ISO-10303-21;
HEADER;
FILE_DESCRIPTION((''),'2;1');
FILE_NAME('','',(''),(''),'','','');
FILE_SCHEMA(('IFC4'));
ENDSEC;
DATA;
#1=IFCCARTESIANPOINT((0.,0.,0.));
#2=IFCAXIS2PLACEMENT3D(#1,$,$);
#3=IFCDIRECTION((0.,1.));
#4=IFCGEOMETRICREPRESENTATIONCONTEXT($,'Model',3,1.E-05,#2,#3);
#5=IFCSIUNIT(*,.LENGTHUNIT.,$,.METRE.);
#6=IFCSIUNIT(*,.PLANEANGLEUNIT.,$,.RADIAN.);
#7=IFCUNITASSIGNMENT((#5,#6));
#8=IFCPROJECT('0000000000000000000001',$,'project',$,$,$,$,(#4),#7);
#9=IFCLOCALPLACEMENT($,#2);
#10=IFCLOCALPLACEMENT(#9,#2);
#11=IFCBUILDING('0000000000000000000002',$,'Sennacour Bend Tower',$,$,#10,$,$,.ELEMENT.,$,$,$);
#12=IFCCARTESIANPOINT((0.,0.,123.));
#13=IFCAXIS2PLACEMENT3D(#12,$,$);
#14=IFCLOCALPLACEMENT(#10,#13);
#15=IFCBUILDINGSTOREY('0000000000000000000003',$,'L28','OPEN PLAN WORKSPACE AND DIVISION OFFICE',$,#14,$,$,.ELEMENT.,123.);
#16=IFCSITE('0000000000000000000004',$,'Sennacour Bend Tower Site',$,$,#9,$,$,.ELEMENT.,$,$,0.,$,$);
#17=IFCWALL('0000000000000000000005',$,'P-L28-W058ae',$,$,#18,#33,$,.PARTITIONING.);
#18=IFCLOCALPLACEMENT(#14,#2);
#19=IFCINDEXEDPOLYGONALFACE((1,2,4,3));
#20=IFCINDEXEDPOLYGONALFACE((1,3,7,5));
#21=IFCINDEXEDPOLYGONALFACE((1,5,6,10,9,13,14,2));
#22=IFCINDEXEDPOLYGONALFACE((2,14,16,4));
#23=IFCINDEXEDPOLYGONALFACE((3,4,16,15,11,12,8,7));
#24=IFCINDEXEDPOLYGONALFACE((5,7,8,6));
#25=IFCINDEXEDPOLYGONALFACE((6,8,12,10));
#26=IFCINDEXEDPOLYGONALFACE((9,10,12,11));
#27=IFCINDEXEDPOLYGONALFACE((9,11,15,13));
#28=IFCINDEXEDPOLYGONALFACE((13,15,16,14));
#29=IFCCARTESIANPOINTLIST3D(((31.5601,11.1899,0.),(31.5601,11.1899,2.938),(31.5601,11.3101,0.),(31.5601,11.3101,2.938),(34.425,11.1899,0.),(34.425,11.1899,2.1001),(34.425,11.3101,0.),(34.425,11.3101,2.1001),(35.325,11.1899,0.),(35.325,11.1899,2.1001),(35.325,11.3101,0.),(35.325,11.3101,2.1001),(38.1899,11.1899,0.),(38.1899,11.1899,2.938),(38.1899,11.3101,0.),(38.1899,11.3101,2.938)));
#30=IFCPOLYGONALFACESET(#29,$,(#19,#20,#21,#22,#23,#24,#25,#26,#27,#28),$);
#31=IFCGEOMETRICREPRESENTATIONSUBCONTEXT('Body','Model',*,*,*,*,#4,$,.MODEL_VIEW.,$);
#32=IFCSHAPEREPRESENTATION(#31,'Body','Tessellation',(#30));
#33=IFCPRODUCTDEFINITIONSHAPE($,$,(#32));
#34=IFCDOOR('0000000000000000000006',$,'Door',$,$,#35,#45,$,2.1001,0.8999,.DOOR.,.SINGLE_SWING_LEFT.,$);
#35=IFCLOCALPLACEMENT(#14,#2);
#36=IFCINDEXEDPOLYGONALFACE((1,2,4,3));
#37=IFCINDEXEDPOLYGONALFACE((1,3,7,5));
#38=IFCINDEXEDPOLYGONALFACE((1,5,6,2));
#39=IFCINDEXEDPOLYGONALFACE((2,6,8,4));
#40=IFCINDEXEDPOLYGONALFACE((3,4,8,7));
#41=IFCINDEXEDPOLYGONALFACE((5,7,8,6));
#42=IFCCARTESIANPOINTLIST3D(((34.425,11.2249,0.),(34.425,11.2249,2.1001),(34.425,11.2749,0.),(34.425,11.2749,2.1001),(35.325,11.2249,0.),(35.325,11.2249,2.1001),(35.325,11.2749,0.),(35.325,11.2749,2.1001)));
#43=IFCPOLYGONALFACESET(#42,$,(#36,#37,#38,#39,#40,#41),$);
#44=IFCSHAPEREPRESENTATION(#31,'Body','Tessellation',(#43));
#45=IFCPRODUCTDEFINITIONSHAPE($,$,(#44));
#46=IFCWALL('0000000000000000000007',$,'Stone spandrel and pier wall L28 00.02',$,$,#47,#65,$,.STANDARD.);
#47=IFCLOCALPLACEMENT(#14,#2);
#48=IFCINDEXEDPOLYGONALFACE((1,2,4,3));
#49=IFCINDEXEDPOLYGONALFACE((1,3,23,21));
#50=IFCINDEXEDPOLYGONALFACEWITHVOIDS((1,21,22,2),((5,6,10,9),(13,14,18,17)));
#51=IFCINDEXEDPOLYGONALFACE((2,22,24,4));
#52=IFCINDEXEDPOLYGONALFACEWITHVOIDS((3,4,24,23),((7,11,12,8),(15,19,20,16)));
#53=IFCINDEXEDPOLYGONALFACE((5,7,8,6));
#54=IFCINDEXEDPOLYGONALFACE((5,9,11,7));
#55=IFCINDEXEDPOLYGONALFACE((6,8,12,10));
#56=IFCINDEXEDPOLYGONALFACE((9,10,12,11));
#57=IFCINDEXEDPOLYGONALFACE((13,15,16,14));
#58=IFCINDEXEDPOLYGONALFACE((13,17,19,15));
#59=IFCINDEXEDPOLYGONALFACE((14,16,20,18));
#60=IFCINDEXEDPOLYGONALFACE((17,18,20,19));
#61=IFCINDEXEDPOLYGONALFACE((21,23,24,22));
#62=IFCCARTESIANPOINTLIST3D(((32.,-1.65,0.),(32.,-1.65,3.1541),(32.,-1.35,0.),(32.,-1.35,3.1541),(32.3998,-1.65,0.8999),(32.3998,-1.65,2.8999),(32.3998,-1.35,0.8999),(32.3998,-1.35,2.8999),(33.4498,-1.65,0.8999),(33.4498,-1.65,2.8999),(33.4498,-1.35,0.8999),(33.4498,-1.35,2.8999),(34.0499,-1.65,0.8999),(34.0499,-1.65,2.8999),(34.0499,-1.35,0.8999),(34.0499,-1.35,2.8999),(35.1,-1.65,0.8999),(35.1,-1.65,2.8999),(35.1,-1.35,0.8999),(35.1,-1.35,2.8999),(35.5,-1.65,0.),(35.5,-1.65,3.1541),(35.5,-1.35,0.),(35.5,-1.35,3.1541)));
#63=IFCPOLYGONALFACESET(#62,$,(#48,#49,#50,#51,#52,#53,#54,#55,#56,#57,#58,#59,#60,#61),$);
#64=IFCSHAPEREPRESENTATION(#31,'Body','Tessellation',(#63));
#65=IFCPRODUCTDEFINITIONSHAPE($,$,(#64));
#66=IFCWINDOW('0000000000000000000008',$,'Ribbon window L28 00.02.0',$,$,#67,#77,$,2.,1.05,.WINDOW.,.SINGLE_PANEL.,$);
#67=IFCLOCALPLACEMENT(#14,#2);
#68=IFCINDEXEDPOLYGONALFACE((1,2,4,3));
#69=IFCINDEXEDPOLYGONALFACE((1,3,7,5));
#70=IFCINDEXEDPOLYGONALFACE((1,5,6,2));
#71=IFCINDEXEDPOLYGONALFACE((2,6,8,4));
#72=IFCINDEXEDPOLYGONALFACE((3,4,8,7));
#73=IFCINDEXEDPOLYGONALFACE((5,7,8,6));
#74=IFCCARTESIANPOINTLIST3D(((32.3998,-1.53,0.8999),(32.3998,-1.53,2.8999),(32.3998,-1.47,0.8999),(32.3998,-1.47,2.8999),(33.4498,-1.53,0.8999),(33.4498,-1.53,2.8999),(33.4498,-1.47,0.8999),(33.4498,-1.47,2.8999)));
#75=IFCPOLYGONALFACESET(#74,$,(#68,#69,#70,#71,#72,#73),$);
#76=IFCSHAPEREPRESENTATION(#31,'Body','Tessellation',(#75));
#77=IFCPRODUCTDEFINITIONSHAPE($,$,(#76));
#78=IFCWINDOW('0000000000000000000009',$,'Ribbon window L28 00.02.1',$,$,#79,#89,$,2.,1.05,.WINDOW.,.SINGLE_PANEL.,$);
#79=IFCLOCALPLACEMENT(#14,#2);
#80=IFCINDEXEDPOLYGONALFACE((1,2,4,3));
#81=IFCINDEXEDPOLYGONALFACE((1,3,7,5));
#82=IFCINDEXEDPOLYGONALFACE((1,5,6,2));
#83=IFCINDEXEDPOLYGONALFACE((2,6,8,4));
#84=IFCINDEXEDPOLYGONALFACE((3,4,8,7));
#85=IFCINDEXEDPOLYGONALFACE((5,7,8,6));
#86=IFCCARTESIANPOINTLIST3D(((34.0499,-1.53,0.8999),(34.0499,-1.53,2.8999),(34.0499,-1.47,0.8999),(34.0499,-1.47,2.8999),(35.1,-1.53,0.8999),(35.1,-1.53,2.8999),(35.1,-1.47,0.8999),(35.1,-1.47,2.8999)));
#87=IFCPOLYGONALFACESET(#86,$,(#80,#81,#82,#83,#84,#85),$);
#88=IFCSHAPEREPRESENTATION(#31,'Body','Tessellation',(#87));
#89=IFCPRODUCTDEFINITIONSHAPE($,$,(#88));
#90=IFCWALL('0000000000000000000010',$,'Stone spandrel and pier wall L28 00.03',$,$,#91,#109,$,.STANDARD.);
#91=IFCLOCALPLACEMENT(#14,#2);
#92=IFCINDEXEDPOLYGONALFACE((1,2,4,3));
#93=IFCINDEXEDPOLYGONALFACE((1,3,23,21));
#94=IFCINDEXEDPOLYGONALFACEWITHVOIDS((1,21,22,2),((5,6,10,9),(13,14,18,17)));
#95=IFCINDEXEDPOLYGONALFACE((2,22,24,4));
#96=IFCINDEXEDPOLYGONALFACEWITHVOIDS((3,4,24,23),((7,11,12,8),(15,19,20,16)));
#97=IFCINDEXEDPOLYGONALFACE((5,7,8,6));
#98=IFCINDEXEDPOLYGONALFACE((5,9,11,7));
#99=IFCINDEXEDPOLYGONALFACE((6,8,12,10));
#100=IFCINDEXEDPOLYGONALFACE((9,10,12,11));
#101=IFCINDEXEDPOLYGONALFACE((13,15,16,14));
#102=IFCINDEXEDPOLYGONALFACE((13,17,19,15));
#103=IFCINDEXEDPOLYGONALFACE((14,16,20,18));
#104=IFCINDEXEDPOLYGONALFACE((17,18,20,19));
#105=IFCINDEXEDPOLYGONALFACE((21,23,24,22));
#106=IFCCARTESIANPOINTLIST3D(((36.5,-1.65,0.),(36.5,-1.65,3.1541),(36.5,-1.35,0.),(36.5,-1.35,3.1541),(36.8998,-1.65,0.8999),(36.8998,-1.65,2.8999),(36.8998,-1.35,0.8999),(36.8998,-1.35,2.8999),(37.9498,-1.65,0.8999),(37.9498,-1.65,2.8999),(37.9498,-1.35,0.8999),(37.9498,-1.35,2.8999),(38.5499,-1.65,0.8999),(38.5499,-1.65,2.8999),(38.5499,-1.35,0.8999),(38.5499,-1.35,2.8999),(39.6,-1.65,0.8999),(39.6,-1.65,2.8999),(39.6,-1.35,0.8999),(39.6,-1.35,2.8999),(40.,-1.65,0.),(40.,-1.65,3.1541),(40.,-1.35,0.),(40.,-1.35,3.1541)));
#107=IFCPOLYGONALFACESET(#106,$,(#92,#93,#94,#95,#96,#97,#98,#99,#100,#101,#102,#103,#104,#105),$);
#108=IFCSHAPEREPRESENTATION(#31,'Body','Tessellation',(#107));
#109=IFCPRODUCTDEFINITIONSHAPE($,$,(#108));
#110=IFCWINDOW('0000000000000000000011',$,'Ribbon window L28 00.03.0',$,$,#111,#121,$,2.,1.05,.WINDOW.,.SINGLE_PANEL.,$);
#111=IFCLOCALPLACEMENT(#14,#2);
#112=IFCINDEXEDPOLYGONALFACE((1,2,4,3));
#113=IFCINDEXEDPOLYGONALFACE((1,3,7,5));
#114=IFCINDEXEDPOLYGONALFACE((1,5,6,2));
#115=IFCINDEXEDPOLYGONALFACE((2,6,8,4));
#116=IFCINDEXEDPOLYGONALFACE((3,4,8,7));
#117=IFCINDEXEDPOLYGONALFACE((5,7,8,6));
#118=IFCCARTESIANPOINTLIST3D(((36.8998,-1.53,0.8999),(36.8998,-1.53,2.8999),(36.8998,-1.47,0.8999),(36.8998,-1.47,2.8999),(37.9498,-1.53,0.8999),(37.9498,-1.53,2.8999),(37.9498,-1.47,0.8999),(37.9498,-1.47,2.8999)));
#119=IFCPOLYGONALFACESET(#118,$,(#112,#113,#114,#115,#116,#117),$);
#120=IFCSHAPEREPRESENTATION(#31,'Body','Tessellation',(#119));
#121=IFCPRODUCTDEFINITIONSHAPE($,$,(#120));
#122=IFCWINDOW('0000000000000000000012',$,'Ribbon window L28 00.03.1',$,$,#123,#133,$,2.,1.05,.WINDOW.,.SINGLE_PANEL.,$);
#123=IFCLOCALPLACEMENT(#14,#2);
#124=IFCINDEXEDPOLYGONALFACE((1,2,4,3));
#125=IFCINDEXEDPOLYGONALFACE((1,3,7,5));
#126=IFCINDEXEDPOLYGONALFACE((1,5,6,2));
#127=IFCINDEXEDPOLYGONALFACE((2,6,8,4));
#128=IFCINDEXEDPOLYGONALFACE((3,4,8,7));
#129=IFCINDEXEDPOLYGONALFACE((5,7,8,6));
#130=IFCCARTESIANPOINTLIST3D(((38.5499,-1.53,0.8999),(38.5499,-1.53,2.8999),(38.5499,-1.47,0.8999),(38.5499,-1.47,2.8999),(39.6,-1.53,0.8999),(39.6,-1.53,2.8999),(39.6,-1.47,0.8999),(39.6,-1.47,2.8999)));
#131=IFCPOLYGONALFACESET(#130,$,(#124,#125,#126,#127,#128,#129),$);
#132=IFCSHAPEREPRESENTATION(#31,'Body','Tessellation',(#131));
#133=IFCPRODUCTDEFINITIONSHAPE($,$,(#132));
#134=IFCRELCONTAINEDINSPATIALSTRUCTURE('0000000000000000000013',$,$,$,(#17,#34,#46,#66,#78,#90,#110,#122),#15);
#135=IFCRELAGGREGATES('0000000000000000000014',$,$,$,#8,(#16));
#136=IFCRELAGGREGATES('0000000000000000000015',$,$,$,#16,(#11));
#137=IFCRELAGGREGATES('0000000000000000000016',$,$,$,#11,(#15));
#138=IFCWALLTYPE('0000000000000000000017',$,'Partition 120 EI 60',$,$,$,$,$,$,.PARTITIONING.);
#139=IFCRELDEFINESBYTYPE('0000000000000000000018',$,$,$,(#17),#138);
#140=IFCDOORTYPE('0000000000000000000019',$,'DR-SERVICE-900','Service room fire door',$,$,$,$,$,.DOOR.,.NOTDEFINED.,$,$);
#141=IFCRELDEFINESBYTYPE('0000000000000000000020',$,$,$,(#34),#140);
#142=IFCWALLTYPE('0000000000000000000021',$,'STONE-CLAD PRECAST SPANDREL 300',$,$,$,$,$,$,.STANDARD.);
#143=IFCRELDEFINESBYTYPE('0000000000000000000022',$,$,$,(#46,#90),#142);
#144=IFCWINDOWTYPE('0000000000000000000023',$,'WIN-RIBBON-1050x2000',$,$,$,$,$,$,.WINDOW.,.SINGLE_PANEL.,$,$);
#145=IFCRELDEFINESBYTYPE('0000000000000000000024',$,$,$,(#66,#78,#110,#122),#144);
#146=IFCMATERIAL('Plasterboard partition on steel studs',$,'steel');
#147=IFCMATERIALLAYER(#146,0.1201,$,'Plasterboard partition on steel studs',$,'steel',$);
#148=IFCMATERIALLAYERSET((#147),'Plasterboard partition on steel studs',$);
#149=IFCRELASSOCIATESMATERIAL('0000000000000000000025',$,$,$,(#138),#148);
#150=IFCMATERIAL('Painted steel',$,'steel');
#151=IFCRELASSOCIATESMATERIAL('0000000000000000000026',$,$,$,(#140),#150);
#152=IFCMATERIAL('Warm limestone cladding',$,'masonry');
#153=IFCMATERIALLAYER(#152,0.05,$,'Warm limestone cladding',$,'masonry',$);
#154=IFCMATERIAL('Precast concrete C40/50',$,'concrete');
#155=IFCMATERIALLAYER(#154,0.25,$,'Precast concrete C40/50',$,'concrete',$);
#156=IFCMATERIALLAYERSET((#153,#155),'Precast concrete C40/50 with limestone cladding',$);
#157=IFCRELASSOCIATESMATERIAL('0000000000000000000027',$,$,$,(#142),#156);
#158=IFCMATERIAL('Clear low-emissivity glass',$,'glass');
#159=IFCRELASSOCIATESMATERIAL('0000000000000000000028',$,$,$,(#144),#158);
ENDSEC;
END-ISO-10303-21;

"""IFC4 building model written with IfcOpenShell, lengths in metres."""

from ifc_helpers import new_model, si_unit, direction, frame, frame_2d, origin, place, context, subcontext, project, spatial, rectangle, extrude, material, layer, layer_set, type_object, element, fill, save


model = new_model("IFC4")

# Units and contexts
model_context = context("Model", 3, precision=1e-05, world=origin(), true_north=direction((0.0, 1.0)))
body_context = subcontext(model_context, "Body", "Model", "MODEL_VIEW")
ifc_project = project(units=[si_unit("LENGTHUNIT", "METRE"), si_unit("PLANEANGLEUNIT", "RADIAN")], contexts=[model_context])

# Site, building, storey
site_placement = place(None, origin())
site = spatial("IfcSite", under=ifc_project, at=site_placement, Name="Sennacour Bend Tower Site", CompositionType="ELEMENT", RefElevation=0.0)
building_placement = place(site_placement, origin())
building = spatial("IfcBuilding", under=site, at=building_placement, Name="Sennacour Bend Tower", CompositionType="ELEMENT")
storey_placement = place(building_placement, frame((0.0, 0.0, 123.0)))
storey = spatial("IfcBuildingStorey", under=building, at=storey_placement, Name="L28", Description="OPEN PLAN WORKSPACE AND DIVISION OFFICE", CompositionType="ELEMENT", Elevation=123.0)

# Shared definitions
ifc_material_1 = material(Name="Plasterboard partition on steel studs", Category="steel")

# Wall, opening, door
ifc_layer_1 = layer(ifc_material_1, 0.1201, Name="Plasterboard partition on steel studs", Category="steel")
ifc_layer_set_1 = layer_set([ifc_layer_1], Name="Plasterboard partition on steel studs")
wall_type_1 = type_object("IfcWallType", Name="Partition 120 EI 60", PredefinedType="PARTITIONING", material=ifc_layer_set_1)
wall_1_placement = place(storey_placement, frame((31.5601, 11.25, 0.0), z_axis=(0.0, 0.0, 1.0), x_axis=(1.0, 0.0, 0.0)))
wall_1 = element("IfcWall", 1, at=wall_1_placement, inside=storey, type_object=wall_type_1, Name="P-L28-W058ae", PredefinedType="PARTITIONING", context=body_context, shape_type="SweptSolid", body=[
    extrude(rectangle(XDim=6.6299, YDim=0.1201, at=frame_2d((3.3149, 0.0))), origin(), (0.0, 0.0, 1.0), 2.938),
])
opening_1_placement = place(wall_1_placement, frame((2.865, 0.0, 0.0)))
opening_1 = element("IfcOpeningElement", 2, at=opening_1_placement, cuts=wall_1, PredefinedType="OPENING", context=body_context, shape_type="SweptSolid", body=[
    extrude(rectangle(XDim=0.8999, YDim=2.1001, at=frame_2d((0.45, 1.05))), frame((0.0, 0.0701, 0.0), z_axis=(0.0, -1.0, 0.0), x_axis=(1.0, 0.0, 0.0)), (0.0, 0.0, 1.0), 0.1401),
])
ifc_material_2 = material(Name="Painted steel", Category="steel")
door_type_1 = type_object("IfcDoorType", Name="DR-SERVICE-900", Description="Service room fire door", OperationType="NOTDEFINED", PredefinedType="DOOR", material=ifc_material_2)
door_1_placement = place(opening_1_placement, origin())
door_1 = element("IfcDoor", 3, at=door_1_placement, inside=storey, type_object=door_type_1, Name="Door", OperationType="SINGLE_SWING_LEFT", OverallHeight=2.1001, OverallWidth=0.8999, PredefinedType="DOOR", context=body_context, shape_type="SweptSolid", body=[
    extrude(rectangle(XDim=0.8999, YDim=2.1001, at=frame_2d((0.45, 1.05))), frame((0.0, 0.0249, 0.0), z_axis=(0.0, -1.0, 0.0), x_axis=(1.0, 0.0, 0.0)), (0.0, 0.0, 1.0), 0.05),
])
fill(opening_1, door_1)

# Walls, openings, windows
ifc_material_3 = material(Name="Warm limestone cladding", Category="masonry")
ifc_layer_2 = layer(ifc_material_3, 0.05, Name="Warm limestone cladding", Category="masonry")
ifc_material_4 = material(Name="Precast concrete C40/50", Category="concrete")
ifc_layer_3 = layer(ifc_material_4, 0.25, Name="Precast concrete C40/50", Category="concrete")
ifc_layer_set_2 = layer_set([ifc_layer_2, ifc_layer_3], Name="Precast concrete C40/50 with limestone cladding")
wall_type_2 = type_object("IfcWallType", Name="STONE-CLAD PRECAST SPANDREL 300", PredefinedType="STANDARD", material=ifc_layer_set_2)
wall_2_placement = place(storey_placement, frame((32.0, -1.5, 0.0), z_axis=(0.0, 0.0, 1.0), x_axis=(1.0, 0.0, 0.0)))
wall_2 = element("IfcWall", 4, at=wall_2_placement, inside=storey, type_object=wall_type_2, Name="Stone spandrel and pier wall L28 00.02", PredefinedType="STANDARD", context=body_context, shape_type="SweptSolid", body=[
    extrude(rectangle(XDim=3.5, YDim=0.3, at=frame_2d((1.75, 0.0))), origin(), (0.0, 0.0, 1.0), 3.1541),
])
opening_2_placement = place(wall_2_placement, frame((0.3999, 0.0, 0.8999)))
opening_2 = element("IfcOpeningElement", 5, at=opening_2_placement, cuts=wall_2, PredefinedType="OPENING", context=body_context, shape_type="SweptSolid", body=[
    extrude(rectangle(XDim=1.05, YDim=2.0, at=frame_2d((0.5249, 1.0))), frame((0.0, 0.1602, 0.0), z_axis=(0.0, -1.0, 0.0), x_axis=(1.0, 0.0, 0.0)), (0.0, 0.0, 1.0), 0.3201),
])
opening_3_placement = place(wall_2_placement, frame((2.05, 0.0, 0.8999)))
opening_3 = element("IfcOpeningElement", 6, at=opening_3_placement, cuts=wall_2, PredefinedType="OPENING", context=body_context, shape_type="SweptSolid", body=[
    extrude(rectangle(XDim=1.05, YDim=2.0, at=frame_2d((0.5249, 1.0))), frame((0.0, 0.1602, 0.0), z_axis=(0.0, -1.0, 0.0), x_axis=(1.0, 0.0, 0.0)), (0.0, 0.0, 1.0), 0.3201),
])
ifc_material_5 = material(Name="Clear low-emissivity glass", Category="glass")
window_type = type_object("IfcWindowType", Name="WIN-RIBBON-1050x2000", PartitioningType="SINGLE_PANEL", PredefinedType="WINDOW", material=ifc_material_5)
window_1_placement = place(opening_2_placement, origin())
window_1 = element("IfcWindow", 7, at=window_1_placement, inside=storey, type_object=window_type, Name="Ribbon window L28 00.02.0", OverallHeight=2.0, OverallWidth=1.05, PartitioningType="SINGLE_PANEL", PredefinedType="WINDOW", context=body_context, shape_type="SweptSolid", body=[
    extrude(rectangle(XDim=1.05, YDim=2.0, at=frame_2d((0.5249, 1.0))), frame((0.0, 0.03, 0.0), z_axis=(0.0, -1.0, 0.0), x_axis=(1.0, 0.0, 0.0)), (0.0, 0.0, 1.0), 0.0601),
])
fill(opening_2, window_1)
window_2_placement = place(opening_3_placement, origin())
window_2 = element("IfcWindow", 8, at=window_2_placement, inside=storey, type_object=window_type, Name="Ribbon window L28 00.02.1", OverallHeight=2.0, OverallWidth=1.05, PartitioningType="SINGLE_PANEL", PredefinedType="WINDOW", context=body_context, shape_type="SweptSolid", body=[
    extrude(rectangle(XDim=1.05, YDim=2.0, at=frame_2d((0.5249, 1.0))), frame((0.0, 0.03, 0.0), z_axis=(0.0, -1.0, 0.0), x_axis=(1.0, 0.0, 0.0)), (0.0, 0.0, 1.0), 0.0601),
])
fill(opening_3, window_2)
wall_3_placement = place(storey_placement, frame((36.5, -1.5, 0.0), z_axis=(0.0, 0.0, 1.0), x_axis=(1.0, 0.0, 0.0)))
wall_3 = element("IfcWall", 9, at=wall_3_placement, inside=storey, type_object=wall_type_2, Name="Stone spandrel and pier wall L28 00.03", PredefinedType="STANDARD", context=body_context, shape_type="SweptSolid", body=[
    extrude(rectangle(XDim=3.5, YDim=0.3, at=frame_2d((1.75, 0.0))), origin(), (0.0, 0.0, 1.0), 3.1541),
])
opening_4_placement = place(wall_3_placement, frame((0.3999, 0.0, 0.8999)))
opening_4 = element("IfcOpeningElement", 10, at=opening_4_placement, cuts=wall_3, PredefinedType="OPENING", context=body_context, shape_type="SweptSolid", body=[
    extrude(rectangle(XDim=1.05, YDim=2.0, at=frame_2d((0.5249, 1.0))), frame((0.0, 0.1602, 0.0), z_axis=(0.0, -1.0, 0.0), x_axis=(1.0, 0.0, 0.0)), (0.0, 0.0, 1.0), 0.3201),
])
opening_5_placement = place(wall_3_placement, frame((2.05, 0.0, 0.8999)))
opening_5 = element("IfcOpeningElement", 11, at=opening_5_placement, cuts=wall_3, PredefinedType="OPENING", context=body_context, shape_type="SweptSolid", body=[
    extrude(rectangle(XDim=1.05, YDim=2.0, at=frame_2d((0.5249, 1.0))), frame((0.0, 0.1602, 0.0), z_axis=(0.0, -1.0, 0.0), x_axis=(1.0, 0.0, 0.0)), (0.0, 0.0, 1.0), 0.3201),
])
window_3_placement = place(opening_4_placement, origin())
window_3 = element("IfcWindow", 12, at=window_3_placement, inside=storey, type_object=window_type, Name="Ribbon window L28 00.03.0", OverallHeight=2.0, OverallWidth=1.05, PartitioningType="SINGLE_PANEL", PredefinedType="WINDOW", context=body_context, shape_type="SweptSolid", body=[
    extrude(rectangle(XDim=1.05, YDim=2.0, at=frame_2d((0.5249, 1.0))), frame((0.0, 0.03, 0.0), z_axis=(0.0, -1.0, 0.0), x_axis=(1.0, 0.0, 0.0)), (0.0, 0.0, 1.0), 0.0601),
])
fill(opening_4, window_3)
window_4_placement = place(opening_5_placement, origin())
window_4 = element("IfcWindow", 13, at=window_4_placement, inside=storey, type_object=window_type, Name="Ribbon window L28 00.03.1", OverallHeight=2.0, OverallWidth=1.05, PartitioningType="SINGLE_PANEL", PredefinedType="WINDOW", context=body_context, shape_type="SweptSolid", body=[
    extrude(rectangle(XDim=1.05, YDim=2.0, at=frame_2d((0.5249, 1.0))), frame((0.0, 0.03, 0.0), z_axis=(0.0, -1.0, 0.0), x_axis=(1.0, 0.0, 0.0)), (0.0, 0.0, 1.0), 0.0601),
])
fill(opening_5, window_4)

save(model, "model.ifc")
